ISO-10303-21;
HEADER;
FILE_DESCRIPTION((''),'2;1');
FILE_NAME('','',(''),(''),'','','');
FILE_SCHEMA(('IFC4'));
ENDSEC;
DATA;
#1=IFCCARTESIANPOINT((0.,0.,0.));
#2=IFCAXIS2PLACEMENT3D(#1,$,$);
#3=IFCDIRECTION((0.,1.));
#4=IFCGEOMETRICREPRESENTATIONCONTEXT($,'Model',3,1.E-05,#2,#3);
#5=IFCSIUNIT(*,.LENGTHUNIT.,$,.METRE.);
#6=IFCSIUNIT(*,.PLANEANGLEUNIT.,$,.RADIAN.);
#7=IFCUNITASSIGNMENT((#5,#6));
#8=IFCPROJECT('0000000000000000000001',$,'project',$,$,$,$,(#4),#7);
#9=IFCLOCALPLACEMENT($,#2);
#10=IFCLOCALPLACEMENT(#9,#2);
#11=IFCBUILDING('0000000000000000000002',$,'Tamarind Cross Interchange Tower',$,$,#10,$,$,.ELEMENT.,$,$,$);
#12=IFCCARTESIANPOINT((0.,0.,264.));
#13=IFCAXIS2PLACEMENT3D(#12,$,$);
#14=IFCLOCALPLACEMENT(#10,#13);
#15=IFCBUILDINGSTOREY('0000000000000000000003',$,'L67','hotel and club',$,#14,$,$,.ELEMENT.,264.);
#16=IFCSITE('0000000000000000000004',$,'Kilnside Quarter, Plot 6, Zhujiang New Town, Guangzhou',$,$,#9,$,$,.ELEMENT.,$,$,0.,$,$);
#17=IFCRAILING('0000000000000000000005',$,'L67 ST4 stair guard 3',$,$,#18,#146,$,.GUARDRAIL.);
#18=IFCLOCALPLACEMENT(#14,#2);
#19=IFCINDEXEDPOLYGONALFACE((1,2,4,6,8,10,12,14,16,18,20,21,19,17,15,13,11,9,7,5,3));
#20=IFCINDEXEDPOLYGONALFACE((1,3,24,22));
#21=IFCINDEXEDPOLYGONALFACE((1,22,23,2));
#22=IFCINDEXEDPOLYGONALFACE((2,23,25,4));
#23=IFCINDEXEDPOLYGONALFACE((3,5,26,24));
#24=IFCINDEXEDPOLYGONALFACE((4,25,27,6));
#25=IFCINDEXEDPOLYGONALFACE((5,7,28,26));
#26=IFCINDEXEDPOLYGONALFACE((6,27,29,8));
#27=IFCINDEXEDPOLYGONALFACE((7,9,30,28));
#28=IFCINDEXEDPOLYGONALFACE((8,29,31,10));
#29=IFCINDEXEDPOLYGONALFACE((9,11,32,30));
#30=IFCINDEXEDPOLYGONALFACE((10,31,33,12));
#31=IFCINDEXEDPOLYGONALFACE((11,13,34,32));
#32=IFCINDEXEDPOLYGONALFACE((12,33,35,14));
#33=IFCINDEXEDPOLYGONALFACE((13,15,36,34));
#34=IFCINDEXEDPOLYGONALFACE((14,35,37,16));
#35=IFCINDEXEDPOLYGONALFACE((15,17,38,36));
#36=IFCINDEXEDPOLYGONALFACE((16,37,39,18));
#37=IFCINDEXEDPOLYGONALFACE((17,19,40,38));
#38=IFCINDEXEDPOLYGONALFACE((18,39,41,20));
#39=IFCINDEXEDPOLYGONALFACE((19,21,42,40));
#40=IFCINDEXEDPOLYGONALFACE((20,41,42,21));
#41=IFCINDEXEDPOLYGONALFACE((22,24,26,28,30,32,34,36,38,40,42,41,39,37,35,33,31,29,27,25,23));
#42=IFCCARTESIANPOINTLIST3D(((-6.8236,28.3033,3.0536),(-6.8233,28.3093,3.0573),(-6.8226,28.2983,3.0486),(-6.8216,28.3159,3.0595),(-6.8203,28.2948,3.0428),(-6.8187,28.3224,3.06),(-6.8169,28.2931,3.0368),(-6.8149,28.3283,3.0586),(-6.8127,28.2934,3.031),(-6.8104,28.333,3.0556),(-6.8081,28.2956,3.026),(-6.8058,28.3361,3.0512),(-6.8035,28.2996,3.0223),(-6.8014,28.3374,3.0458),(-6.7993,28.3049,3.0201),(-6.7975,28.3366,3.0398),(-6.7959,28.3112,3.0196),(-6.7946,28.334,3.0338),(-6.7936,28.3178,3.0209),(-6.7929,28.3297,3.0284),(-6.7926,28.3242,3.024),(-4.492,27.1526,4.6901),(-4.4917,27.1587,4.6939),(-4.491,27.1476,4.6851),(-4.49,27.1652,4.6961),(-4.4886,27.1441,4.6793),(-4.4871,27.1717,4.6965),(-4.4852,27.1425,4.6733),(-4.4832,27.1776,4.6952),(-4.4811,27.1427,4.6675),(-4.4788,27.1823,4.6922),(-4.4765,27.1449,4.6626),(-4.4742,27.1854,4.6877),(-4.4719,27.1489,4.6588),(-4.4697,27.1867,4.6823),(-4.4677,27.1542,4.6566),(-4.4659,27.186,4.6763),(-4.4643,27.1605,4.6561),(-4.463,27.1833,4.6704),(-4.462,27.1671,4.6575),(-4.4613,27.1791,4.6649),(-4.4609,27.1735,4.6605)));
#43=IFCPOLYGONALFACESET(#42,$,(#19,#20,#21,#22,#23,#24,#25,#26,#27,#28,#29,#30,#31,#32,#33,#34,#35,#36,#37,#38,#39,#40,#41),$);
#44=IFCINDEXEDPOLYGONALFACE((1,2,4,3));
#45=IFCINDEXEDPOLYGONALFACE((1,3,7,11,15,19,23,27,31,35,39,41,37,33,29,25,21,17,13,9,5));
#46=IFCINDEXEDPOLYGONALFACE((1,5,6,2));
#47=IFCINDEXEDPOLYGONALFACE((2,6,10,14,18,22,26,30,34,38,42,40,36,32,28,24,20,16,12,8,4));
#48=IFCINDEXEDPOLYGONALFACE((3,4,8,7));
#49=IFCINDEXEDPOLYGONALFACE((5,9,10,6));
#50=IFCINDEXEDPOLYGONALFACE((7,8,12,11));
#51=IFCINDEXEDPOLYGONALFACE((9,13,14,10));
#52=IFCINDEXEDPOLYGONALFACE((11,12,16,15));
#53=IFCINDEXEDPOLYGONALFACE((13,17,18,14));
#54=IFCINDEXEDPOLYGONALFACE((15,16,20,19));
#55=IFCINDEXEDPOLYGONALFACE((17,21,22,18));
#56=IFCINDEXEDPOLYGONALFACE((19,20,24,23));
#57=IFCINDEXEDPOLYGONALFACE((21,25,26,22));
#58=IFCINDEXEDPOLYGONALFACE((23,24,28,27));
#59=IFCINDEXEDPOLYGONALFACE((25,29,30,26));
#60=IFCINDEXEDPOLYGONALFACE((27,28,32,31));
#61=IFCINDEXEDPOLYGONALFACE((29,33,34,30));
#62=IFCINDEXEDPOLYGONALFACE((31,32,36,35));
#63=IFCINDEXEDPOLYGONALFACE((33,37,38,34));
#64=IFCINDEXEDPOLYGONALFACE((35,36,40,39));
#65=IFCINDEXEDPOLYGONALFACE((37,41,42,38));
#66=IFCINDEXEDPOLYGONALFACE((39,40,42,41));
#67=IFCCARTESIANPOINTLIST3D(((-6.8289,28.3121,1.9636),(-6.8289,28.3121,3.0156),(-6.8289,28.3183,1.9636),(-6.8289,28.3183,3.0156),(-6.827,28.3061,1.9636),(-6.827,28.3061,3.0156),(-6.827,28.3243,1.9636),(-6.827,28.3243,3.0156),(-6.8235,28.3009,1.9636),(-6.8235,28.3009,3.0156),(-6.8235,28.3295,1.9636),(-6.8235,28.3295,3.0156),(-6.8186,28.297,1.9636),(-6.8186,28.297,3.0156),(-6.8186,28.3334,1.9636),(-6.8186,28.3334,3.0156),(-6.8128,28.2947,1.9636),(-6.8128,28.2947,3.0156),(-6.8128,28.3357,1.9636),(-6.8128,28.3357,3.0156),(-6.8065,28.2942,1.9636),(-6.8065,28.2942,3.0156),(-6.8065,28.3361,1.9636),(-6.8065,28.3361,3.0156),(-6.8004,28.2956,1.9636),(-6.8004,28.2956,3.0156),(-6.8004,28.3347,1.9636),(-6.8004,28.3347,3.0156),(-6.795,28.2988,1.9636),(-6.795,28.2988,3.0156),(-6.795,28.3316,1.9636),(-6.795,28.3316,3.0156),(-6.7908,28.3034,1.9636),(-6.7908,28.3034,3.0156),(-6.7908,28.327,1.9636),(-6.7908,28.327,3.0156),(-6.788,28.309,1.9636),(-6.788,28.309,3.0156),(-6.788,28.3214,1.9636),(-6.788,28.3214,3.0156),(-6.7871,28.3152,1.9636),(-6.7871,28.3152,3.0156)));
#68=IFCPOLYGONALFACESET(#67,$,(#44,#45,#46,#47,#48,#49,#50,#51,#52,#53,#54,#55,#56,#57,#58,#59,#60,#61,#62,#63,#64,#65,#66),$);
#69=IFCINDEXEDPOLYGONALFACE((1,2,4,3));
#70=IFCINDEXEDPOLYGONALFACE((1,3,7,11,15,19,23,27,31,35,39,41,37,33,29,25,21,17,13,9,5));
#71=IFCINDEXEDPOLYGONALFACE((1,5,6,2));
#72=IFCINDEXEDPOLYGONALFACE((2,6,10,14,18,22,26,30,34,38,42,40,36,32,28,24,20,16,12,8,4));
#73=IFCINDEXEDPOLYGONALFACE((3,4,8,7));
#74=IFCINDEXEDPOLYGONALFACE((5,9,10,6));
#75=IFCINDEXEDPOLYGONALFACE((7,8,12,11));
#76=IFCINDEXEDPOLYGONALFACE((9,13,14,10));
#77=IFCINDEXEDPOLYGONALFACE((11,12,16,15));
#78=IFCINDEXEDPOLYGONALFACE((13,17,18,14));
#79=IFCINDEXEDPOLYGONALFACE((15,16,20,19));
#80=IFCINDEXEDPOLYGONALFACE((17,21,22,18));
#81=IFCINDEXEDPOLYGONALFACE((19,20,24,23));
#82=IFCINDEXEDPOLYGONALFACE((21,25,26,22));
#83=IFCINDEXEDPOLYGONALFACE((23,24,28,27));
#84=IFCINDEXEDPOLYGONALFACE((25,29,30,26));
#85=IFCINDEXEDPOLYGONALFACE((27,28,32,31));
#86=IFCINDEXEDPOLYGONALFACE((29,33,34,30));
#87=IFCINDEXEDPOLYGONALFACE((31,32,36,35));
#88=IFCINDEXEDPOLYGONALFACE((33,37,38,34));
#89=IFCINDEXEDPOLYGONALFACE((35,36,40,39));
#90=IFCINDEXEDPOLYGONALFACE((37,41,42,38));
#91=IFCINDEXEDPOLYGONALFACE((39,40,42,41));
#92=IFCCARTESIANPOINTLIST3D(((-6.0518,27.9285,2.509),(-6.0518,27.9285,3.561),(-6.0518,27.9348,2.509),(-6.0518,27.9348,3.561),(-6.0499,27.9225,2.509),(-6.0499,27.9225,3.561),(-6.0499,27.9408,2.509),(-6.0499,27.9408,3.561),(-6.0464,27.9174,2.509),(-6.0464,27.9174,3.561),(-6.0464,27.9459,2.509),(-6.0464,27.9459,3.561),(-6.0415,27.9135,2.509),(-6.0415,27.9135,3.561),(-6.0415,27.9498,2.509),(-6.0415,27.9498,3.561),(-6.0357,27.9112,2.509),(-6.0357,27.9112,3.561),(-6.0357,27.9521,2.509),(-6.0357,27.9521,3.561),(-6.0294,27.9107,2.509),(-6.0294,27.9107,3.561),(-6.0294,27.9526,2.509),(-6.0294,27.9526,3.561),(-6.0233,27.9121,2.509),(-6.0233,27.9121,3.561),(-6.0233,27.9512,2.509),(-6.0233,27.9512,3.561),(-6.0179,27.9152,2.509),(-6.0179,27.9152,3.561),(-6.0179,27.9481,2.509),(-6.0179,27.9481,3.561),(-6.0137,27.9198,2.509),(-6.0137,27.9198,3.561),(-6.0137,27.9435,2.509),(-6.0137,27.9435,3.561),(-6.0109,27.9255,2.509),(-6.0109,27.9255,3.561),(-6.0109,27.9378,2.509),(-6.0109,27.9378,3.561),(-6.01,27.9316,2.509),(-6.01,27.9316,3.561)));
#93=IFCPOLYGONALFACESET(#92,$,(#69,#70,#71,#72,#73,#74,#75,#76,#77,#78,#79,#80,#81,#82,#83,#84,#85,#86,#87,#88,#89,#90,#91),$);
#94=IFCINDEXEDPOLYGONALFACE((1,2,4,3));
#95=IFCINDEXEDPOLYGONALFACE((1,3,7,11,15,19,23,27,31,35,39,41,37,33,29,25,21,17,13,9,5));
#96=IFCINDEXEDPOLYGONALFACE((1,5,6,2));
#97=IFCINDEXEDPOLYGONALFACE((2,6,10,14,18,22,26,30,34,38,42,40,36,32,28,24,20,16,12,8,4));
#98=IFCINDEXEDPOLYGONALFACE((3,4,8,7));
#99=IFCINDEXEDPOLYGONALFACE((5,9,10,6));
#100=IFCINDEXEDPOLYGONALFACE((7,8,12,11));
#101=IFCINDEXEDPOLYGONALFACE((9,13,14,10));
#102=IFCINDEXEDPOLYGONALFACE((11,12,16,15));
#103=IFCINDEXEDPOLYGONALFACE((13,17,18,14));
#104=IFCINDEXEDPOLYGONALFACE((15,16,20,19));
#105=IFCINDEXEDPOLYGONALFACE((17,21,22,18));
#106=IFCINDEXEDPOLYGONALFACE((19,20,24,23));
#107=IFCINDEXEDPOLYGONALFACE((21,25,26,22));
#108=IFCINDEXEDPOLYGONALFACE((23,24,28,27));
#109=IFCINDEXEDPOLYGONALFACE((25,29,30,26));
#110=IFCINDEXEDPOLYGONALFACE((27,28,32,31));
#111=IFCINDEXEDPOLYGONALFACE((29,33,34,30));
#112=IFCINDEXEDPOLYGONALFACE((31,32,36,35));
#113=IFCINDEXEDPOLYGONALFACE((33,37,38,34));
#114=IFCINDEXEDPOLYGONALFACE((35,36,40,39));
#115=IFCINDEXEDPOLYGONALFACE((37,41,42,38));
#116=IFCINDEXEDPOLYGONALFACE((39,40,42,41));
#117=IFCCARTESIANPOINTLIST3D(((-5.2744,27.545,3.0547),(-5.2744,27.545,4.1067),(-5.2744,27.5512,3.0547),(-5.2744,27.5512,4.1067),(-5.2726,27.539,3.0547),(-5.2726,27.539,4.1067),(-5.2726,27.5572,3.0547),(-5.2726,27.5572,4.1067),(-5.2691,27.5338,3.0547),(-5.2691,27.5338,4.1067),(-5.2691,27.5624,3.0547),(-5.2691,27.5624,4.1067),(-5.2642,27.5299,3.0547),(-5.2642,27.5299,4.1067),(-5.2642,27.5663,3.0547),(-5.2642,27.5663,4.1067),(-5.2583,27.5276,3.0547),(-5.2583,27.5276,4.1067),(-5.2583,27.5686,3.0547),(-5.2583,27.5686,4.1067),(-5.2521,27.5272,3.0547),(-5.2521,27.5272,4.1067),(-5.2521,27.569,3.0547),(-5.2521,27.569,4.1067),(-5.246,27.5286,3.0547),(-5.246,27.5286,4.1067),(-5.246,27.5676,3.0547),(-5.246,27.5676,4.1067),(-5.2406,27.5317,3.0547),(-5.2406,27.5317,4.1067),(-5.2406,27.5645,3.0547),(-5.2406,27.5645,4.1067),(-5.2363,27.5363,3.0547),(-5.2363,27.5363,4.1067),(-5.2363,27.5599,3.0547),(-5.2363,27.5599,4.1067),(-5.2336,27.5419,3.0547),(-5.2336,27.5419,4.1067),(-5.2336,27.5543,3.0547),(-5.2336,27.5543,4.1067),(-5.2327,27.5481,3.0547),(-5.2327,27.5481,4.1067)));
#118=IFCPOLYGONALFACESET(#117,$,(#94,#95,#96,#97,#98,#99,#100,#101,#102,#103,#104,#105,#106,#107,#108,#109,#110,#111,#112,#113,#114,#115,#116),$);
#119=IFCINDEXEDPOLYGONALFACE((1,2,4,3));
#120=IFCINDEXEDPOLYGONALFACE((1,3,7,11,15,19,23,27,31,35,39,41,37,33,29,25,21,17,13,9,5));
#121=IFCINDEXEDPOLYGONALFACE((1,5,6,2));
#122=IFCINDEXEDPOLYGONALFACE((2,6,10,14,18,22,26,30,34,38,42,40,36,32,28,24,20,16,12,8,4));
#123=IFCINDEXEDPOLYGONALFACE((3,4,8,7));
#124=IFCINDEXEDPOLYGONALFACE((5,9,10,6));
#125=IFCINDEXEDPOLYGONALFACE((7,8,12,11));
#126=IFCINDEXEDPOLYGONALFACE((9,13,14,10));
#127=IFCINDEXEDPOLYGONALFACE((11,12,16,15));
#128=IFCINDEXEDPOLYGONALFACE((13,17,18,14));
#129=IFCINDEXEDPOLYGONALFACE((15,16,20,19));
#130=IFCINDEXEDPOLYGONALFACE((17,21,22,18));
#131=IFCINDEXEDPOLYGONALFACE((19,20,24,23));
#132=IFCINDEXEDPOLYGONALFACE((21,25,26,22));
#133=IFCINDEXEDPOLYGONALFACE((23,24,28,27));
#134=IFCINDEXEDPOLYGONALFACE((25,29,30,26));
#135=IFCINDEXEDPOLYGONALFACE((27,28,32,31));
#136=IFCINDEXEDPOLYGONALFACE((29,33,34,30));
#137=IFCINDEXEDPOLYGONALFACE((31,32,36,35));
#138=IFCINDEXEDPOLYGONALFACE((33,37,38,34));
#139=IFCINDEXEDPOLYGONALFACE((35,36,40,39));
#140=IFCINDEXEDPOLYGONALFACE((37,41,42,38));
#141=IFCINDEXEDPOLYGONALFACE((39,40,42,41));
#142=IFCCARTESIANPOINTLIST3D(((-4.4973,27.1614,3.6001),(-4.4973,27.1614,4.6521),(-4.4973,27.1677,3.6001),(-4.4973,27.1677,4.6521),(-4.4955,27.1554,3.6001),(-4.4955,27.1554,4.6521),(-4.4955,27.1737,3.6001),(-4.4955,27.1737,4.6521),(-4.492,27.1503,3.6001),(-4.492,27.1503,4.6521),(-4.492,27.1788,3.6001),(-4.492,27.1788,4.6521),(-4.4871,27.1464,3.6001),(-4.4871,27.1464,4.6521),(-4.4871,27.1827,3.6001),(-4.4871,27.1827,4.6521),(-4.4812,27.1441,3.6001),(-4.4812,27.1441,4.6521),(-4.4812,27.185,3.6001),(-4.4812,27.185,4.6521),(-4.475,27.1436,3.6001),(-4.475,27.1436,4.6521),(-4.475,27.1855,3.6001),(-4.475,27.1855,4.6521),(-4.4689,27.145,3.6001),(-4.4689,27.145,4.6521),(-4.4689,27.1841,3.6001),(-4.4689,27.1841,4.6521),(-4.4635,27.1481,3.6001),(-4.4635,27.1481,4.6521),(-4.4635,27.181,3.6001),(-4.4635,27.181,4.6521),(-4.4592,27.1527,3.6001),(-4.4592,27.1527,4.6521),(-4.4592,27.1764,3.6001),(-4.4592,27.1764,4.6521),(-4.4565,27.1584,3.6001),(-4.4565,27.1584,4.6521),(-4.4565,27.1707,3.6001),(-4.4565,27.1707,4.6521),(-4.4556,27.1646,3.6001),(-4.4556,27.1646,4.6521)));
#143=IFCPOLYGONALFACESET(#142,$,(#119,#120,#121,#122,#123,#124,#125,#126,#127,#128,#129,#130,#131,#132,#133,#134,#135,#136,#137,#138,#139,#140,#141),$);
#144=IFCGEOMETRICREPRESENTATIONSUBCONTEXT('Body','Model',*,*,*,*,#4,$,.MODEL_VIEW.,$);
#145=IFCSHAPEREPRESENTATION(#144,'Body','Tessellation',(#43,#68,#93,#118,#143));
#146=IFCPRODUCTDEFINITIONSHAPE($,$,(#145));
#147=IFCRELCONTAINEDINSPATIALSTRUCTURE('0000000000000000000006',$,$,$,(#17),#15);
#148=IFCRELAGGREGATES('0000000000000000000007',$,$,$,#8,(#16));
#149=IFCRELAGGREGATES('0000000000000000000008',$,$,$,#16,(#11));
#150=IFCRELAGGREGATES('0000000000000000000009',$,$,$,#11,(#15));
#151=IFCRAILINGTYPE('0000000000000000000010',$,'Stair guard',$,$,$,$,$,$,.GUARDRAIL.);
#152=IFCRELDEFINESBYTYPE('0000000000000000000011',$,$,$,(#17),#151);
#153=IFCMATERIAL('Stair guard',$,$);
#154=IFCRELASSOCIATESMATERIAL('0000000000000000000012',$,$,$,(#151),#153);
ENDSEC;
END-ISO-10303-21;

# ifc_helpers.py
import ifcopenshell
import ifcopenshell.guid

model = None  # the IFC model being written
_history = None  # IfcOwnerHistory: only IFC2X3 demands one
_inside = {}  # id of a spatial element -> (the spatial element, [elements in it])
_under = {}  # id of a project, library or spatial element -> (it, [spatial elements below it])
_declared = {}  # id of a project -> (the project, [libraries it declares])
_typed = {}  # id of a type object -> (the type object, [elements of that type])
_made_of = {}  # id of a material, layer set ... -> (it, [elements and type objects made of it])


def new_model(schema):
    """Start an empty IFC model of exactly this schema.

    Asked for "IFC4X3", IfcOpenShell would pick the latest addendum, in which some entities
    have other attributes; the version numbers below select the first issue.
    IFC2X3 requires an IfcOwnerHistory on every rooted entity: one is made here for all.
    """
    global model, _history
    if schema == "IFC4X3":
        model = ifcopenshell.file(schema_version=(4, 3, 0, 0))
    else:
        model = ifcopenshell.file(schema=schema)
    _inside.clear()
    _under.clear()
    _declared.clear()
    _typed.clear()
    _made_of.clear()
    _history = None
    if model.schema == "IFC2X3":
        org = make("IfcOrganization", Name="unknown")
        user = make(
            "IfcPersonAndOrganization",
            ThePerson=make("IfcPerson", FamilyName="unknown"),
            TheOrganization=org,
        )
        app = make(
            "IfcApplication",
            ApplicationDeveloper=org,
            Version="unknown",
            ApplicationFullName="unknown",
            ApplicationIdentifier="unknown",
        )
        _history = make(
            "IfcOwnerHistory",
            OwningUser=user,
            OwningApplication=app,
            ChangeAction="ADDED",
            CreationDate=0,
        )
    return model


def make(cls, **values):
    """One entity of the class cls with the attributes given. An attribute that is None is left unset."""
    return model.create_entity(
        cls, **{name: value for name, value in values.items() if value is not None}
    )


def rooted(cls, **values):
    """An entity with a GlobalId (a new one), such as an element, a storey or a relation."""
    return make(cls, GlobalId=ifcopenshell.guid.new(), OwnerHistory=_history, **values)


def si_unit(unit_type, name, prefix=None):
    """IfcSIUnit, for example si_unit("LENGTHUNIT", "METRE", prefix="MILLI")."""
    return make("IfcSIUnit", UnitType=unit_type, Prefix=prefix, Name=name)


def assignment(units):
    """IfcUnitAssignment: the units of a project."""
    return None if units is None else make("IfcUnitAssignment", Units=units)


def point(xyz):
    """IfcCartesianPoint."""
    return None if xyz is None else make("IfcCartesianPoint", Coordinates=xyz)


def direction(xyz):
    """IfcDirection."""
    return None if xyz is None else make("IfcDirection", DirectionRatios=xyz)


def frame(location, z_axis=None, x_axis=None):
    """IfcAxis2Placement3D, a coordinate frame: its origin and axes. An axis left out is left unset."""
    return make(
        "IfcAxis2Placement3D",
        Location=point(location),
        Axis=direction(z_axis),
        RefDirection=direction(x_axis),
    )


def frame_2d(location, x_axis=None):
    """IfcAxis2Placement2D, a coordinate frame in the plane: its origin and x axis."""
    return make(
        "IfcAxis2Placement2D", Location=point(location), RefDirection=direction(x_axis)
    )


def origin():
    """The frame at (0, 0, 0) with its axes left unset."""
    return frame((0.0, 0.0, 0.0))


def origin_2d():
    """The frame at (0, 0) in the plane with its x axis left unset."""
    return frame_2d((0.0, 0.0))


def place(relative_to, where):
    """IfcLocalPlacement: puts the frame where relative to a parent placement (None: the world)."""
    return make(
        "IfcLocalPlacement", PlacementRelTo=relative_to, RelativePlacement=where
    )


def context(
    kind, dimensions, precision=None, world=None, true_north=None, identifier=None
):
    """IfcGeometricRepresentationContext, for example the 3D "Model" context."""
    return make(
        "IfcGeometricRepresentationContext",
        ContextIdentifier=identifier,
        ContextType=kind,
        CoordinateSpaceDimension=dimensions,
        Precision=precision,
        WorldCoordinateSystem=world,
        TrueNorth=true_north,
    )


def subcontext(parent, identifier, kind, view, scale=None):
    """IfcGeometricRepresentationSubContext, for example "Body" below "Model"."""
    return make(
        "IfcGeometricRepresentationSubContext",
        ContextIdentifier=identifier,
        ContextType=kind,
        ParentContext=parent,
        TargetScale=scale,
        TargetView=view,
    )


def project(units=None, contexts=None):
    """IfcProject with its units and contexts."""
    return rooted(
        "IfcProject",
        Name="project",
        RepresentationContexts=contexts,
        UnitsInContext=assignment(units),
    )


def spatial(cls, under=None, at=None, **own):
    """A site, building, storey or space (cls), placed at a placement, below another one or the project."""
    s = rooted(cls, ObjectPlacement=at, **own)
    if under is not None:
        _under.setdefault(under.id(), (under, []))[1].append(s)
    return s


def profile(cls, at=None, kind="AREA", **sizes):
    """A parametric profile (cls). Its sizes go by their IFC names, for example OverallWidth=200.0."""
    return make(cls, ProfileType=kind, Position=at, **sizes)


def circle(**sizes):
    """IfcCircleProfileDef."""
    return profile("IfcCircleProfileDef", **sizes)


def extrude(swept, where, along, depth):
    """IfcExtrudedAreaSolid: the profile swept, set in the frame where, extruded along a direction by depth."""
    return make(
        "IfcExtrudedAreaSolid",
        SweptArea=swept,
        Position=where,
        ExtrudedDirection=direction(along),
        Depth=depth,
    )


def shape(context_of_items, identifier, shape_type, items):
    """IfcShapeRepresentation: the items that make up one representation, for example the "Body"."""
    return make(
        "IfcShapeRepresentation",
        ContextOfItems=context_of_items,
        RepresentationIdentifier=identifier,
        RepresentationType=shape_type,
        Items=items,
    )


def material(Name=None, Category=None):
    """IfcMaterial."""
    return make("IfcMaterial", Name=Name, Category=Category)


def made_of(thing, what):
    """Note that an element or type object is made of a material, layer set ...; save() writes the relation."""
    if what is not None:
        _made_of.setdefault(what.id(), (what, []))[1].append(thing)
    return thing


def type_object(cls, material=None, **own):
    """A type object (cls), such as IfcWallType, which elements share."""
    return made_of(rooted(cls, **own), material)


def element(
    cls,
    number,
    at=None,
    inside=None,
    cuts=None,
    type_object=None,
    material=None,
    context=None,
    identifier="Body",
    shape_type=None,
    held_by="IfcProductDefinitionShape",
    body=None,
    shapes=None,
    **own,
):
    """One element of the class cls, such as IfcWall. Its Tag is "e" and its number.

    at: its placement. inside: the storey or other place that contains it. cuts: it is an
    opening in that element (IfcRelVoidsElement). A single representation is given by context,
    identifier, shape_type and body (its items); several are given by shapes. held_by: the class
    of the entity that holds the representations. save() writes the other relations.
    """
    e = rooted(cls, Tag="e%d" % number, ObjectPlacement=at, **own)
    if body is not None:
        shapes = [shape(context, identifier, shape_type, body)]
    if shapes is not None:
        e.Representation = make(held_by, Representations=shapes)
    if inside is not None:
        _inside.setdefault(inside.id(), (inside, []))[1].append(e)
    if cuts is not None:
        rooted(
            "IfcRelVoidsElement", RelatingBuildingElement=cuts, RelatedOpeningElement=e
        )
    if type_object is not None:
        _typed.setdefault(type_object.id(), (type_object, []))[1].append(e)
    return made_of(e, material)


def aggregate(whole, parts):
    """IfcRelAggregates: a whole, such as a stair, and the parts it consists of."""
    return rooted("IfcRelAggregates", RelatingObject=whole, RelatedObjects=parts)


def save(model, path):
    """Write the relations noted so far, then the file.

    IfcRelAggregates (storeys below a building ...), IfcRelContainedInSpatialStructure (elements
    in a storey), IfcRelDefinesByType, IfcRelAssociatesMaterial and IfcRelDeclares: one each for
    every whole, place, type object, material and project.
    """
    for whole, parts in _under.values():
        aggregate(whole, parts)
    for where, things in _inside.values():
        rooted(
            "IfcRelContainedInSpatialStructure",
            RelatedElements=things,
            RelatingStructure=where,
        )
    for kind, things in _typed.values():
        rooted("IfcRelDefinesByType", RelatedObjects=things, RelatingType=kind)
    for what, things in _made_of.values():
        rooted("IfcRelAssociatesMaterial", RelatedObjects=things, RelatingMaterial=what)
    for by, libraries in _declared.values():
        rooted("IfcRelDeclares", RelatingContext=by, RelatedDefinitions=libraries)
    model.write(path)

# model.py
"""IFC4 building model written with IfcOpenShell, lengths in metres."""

from ifc_helpers import new_model, si_unit, direction, frame, origin, origin_2d, place, context, subcontext, project, spatial, circle, extrude, material, type_object, element, save


model = new_model("IFC4")

# Units and contexts
model_context = context("Model", 3, precision=1e-05, world=origin(), true_north=direction((0.0, 1.0)))
body_context = subcontext(model_context, "Body", "Model", "MODEL_VIEW")
ifc_project = project(units=[si_unit("LENGTHUNIT", "METRE"), si_unit("PLANEANGLEUNIT", "RADIAN")], contexts=[model_context])

# Site, building, storey
site_placement = place(None, origin())
site = spatial("IfcSite", under=ifc_project, at=site_placement, Name="Kilnside Quarter, Plot 6, Zhujiang New Town, Guangzhou", CompositionType="ELEMENT", RefElevation=0.0)
building_placement = place(site_placement, origin())
building = spatial("IfcBuilding", under=site, at=building_placement, Name="Tamarind Cross Interchange Tower", CompositionType="ELEMENT")
storey_placement = place(building_placement, frame((0.0, 0.0, 264.0)))
storey = spatial("IfcBuildingStorey", under=building, at=storey_placement, Name="L67", Description="hotel and club", CompositionType="ELEMENT", Elevation=264.0)

# Railing
ifc_material_1 = material(Name="Stair guard")
railing_type_1 = type_object("IfcRailingType", Name="Stair guard", PredefinedType="GUARDRAIL", material=ifc_material_1)
railing_1_placement = place(storey_placement, frame((-6.8081, 28.3152, 1.9636)))
element("IfcRailing", 1, at=railing_1_placement, inside=storey, type_object=railing_type_1, Name="L67 ST4 stair guard 3", PredefinedType="GUARDRAIL", context=body_context, shape_type="SweptSolid", body=[
    extrude(circle(Radius=0.0239, at=origin_2d()), frame((0.0, 0.0, 1.0762), z_axis=(0.758929, -0.374537, 0.532681), x_axis=(0.44255, 0.896744, 0.0)), (0.0, 0.0, 1.0), 3.0723),
    extrude(circle(Radius=0.021, at=origin_2d()), origin(), (0.0, 0.0, 1.0), 1.052),
    extrude(circle(Radius=0.021, at=origin_2d()), frame((0.7771, -0.3835, 0.5454)), (0.0, 0.0, 1.0), 1.052),
    extrude(circle(Radius=0.021, at=origin_2d()), frame((1.5544, -0.7671, 1.0911)), (0.0, 0.0, 1.0), 1.052),
    extrude(circle(Radius=0.021, at=origin_2d()), frame((2.3315, -1.1506, 1.6365)), (0.0, 0.0, 1.0), 1.052),
])

save(model, "model.ifc")
